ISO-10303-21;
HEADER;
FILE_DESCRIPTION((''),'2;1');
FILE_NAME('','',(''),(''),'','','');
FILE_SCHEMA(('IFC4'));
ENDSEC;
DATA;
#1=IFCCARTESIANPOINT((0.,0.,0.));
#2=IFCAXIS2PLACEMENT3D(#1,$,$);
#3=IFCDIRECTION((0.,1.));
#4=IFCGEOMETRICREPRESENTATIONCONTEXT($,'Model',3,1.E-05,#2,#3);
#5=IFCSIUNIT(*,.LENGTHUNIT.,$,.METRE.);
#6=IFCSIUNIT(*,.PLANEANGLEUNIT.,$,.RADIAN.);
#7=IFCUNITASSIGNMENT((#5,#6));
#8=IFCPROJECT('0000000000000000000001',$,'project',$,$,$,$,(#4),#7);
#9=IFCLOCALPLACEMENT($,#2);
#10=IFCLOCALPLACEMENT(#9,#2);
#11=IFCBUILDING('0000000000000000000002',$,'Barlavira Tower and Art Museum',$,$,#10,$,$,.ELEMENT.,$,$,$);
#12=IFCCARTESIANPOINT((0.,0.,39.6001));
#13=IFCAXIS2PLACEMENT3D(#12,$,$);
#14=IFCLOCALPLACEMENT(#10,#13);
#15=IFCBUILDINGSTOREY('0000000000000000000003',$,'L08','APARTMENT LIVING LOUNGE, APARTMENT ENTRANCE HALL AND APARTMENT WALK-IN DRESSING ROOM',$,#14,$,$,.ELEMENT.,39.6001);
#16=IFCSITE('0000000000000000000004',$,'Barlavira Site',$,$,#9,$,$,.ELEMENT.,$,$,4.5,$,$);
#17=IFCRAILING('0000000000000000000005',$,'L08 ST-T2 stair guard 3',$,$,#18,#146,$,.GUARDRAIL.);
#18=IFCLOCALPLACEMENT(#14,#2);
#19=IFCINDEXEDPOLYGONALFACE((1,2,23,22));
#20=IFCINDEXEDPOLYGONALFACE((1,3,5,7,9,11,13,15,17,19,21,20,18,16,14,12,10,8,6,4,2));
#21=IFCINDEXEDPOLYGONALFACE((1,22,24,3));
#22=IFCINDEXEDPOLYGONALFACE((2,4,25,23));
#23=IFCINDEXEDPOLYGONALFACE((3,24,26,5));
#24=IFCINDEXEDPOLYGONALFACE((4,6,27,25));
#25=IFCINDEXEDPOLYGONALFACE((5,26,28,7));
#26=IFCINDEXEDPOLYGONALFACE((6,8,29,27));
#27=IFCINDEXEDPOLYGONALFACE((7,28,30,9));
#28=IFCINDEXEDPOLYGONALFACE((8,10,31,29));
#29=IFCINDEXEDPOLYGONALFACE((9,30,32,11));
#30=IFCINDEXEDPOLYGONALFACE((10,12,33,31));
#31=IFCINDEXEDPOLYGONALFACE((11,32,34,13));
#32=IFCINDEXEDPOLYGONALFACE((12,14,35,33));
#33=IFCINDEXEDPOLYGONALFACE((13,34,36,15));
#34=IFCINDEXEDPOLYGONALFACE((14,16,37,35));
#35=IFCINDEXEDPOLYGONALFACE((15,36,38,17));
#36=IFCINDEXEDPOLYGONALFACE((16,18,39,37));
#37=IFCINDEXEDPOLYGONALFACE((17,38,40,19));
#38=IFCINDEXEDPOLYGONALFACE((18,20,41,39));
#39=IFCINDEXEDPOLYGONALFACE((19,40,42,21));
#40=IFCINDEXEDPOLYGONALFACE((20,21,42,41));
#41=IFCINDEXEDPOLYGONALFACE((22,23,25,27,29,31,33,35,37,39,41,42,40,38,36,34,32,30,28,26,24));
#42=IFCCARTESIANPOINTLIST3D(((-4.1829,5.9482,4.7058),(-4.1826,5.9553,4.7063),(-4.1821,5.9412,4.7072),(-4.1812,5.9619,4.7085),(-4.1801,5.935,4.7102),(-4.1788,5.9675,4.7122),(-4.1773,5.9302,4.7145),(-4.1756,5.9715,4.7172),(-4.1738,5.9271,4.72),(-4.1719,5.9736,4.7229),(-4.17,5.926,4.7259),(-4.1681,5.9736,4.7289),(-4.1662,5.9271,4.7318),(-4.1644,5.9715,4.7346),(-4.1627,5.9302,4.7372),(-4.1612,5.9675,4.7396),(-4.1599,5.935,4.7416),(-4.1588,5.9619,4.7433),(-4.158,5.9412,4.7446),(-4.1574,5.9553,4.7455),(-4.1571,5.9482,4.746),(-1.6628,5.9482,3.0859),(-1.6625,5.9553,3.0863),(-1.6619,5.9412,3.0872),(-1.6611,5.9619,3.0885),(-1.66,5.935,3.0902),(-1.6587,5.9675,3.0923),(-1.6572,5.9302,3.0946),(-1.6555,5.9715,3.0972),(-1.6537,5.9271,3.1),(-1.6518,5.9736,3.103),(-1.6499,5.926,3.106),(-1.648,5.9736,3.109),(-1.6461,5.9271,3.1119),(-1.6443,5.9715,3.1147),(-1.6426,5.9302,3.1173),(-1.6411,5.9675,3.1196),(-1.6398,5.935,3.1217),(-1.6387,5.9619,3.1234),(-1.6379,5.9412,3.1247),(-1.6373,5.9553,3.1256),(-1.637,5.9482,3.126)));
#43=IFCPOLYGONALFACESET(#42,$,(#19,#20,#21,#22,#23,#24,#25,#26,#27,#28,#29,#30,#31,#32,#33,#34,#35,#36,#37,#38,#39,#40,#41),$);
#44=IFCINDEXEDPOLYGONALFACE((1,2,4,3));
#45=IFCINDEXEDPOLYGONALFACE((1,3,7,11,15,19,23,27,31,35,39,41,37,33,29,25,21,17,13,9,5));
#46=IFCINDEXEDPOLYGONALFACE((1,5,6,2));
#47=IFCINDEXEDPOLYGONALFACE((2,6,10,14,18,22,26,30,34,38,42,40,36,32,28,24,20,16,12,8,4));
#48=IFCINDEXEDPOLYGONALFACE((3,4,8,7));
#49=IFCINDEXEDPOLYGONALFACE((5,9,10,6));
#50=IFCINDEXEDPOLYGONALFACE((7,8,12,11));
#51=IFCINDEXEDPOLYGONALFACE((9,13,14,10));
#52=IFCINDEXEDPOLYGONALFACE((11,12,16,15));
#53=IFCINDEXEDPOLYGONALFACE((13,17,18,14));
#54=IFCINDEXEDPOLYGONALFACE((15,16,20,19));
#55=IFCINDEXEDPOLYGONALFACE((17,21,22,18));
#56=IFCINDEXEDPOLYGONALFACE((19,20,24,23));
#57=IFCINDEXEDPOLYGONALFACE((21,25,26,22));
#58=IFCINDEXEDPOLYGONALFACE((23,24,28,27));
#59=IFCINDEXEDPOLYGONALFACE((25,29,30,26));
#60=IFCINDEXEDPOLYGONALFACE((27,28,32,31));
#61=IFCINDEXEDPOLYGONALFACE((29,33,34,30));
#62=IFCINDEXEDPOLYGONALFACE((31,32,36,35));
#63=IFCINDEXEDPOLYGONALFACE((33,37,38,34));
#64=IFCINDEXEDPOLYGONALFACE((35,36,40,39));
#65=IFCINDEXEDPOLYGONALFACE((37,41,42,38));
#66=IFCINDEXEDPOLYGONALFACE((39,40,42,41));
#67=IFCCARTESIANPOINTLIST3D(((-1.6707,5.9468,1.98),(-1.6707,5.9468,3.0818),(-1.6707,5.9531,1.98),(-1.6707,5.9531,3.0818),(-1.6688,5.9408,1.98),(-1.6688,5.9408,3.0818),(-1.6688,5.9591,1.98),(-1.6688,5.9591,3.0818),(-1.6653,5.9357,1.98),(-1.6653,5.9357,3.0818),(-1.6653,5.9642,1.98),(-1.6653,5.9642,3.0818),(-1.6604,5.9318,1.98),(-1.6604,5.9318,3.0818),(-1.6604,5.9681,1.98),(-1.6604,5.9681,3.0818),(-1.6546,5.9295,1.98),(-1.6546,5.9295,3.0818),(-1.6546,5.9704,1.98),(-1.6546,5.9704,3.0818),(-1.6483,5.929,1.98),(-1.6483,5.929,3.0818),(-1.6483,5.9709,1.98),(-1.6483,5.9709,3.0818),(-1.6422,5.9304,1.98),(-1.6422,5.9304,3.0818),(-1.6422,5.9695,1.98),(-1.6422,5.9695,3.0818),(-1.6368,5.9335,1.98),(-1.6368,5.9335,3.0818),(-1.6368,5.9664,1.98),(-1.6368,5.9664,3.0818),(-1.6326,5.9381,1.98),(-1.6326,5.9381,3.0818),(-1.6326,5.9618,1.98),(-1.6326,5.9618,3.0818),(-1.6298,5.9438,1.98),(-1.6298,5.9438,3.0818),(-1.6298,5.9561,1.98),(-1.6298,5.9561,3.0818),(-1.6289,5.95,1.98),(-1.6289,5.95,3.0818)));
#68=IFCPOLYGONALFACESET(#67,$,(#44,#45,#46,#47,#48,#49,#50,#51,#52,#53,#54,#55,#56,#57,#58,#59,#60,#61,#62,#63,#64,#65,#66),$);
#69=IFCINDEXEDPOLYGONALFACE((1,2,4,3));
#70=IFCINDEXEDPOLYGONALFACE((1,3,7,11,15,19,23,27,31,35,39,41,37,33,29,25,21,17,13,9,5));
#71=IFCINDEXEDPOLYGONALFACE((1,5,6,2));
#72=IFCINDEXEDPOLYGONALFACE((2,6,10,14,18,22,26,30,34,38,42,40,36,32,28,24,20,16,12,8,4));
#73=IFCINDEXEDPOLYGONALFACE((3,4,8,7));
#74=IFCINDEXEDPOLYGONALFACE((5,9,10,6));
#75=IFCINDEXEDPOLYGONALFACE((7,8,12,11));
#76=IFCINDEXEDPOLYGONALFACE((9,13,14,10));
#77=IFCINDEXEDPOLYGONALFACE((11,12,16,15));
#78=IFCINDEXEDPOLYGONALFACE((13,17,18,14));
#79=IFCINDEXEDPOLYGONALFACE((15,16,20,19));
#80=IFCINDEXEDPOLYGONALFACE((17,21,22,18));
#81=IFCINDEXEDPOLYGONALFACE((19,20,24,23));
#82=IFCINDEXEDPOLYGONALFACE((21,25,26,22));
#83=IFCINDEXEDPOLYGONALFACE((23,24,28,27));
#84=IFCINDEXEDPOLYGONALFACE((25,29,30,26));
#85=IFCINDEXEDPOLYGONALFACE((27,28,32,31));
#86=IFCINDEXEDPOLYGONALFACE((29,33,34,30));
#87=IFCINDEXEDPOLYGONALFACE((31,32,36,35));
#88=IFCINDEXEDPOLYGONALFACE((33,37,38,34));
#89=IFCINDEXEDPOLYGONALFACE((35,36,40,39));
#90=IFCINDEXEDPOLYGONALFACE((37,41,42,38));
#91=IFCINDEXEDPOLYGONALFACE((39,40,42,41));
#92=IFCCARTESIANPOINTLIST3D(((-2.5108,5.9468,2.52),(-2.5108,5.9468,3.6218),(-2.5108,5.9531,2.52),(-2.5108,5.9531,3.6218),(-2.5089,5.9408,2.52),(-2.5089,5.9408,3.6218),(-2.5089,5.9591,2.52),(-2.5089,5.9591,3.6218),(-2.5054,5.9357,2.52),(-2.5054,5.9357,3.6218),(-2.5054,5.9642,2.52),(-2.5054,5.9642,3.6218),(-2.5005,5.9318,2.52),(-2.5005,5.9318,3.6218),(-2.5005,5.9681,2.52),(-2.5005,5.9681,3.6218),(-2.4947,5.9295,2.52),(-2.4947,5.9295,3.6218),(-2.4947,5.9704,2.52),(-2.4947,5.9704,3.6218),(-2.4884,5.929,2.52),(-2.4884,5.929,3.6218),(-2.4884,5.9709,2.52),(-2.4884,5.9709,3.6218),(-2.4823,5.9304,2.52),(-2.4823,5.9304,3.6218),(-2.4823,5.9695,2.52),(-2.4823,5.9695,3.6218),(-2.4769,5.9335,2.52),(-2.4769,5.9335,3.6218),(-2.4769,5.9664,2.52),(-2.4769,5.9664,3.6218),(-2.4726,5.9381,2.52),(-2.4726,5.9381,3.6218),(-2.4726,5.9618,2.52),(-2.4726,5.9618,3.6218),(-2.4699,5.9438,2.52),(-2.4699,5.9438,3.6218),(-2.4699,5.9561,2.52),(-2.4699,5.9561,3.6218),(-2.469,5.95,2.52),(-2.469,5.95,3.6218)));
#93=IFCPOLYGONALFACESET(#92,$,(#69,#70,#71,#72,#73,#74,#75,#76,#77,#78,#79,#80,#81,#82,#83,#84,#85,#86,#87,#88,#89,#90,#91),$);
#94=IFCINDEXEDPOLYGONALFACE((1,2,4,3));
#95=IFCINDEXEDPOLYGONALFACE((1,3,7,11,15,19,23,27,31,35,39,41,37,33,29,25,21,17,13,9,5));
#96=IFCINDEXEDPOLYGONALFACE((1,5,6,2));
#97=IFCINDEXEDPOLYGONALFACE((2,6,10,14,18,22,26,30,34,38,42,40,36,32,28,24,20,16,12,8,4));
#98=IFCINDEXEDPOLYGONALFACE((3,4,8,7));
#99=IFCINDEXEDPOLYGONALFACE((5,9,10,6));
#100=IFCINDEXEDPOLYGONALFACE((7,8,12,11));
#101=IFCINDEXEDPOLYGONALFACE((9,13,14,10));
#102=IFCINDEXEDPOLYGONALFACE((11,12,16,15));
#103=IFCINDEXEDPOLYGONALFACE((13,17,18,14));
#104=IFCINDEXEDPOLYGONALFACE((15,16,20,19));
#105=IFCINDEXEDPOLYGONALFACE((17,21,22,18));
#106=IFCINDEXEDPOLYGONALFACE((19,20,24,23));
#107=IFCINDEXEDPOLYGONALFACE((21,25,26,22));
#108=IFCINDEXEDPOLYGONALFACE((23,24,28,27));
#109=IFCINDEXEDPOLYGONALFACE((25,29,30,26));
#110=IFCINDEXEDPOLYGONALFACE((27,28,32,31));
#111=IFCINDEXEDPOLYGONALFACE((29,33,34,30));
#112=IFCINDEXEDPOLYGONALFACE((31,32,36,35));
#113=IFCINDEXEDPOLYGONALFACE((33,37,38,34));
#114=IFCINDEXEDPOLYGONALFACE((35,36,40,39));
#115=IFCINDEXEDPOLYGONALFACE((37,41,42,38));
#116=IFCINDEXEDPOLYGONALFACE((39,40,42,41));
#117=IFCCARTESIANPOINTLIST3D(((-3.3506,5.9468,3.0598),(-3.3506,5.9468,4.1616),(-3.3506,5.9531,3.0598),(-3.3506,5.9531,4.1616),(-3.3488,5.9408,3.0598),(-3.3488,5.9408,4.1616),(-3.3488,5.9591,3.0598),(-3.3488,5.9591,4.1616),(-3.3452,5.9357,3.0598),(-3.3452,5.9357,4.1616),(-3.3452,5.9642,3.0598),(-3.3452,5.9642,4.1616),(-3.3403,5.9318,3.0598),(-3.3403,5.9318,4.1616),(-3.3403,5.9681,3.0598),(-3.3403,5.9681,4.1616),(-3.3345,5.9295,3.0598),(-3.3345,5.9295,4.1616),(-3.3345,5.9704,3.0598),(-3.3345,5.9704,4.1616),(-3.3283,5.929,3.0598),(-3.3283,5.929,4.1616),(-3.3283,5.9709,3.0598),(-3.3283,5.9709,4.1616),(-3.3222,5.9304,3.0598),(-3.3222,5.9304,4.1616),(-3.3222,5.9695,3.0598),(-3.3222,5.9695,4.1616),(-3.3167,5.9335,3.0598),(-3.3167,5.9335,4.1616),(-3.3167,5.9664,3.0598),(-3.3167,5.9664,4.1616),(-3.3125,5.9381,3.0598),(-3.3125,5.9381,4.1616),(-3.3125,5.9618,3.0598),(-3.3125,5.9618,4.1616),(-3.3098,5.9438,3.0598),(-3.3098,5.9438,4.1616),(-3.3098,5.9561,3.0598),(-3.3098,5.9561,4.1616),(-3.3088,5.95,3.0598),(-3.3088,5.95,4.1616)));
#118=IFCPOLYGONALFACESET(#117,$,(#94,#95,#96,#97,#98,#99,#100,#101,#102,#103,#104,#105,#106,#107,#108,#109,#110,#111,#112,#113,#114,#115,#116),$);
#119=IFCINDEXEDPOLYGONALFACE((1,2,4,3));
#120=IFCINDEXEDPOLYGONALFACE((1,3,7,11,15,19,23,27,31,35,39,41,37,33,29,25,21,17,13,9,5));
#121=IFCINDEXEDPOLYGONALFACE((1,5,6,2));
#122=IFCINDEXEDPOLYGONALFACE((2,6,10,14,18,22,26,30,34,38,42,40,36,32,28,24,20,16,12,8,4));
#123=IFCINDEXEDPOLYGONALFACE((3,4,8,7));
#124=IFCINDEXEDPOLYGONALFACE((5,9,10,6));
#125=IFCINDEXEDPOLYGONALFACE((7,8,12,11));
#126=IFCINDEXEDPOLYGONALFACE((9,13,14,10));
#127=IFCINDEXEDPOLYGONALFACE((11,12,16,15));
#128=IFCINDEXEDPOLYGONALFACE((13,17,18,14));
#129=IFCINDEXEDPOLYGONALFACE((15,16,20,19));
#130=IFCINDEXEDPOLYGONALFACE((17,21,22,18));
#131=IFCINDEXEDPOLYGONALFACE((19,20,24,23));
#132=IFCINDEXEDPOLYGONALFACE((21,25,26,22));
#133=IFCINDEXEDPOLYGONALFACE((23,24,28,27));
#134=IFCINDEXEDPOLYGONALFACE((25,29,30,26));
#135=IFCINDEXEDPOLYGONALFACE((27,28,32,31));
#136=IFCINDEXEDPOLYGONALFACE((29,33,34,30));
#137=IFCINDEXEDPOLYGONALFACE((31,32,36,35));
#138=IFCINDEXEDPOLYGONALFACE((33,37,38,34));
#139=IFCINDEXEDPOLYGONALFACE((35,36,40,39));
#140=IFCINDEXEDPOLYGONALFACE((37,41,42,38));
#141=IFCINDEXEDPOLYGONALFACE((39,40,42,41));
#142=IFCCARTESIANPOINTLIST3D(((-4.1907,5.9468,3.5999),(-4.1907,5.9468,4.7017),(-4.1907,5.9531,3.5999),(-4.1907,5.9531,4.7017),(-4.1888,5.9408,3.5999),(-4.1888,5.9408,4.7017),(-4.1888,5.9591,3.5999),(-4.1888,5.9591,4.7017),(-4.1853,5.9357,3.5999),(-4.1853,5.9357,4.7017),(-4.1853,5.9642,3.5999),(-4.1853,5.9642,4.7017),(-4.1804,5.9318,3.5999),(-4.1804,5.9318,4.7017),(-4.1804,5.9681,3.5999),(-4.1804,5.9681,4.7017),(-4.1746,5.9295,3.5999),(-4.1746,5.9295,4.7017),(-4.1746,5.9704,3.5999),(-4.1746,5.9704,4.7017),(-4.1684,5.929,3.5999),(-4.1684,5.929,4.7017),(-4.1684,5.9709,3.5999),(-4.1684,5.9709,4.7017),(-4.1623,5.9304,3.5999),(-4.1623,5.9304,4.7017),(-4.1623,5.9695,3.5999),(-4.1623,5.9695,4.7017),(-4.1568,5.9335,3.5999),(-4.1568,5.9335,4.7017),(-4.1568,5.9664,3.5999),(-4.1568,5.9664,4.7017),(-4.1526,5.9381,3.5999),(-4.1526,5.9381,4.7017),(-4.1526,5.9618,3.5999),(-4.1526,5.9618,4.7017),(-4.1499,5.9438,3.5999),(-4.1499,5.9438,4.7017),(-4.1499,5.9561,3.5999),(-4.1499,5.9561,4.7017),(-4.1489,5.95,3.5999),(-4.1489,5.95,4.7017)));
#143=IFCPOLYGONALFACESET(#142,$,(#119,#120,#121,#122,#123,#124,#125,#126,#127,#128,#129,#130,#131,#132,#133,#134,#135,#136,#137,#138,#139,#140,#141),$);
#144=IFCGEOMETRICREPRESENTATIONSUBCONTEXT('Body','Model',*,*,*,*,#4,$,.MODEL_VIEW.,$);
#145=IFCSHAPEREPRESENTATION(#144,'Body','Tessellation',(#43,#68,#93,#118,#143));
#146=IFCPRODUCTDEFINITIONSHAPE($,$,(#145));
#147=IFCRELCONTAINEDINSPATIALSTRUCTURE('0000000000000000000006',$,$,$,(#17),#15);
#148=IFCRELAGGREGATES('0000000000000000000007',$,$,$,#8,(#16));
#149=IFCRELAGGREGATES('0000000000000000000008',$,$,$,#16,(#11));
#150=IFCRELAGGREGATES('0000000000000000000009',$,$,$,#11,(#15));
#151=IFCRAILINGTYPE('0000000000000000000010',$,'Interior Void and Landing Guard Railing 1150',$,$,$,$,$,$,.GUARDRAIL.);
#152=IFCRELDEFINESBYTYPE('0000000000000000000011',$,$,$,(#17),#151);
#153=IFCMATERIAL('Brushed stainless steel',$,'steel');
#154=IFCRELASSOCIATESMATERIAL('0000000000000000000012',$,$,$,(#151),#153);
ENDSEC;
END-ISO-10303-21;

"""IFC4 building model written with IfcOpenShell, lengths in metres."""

from ifc_helpers import new_model, si_unit, direction, frame, origin, origin_2d, place, context, subcontext, project, spatial, circle, extrude, material, type_object, element, save


model = new_model("IFC4")

# Units and contexts
model_context = context("Model", 3, precision=1e-05, world=origin(), true_north=direction((0.0, 1.0)))
body_context = subcontext(model_context, "Body", "Model", "MODEL_VIEW")
ifc_project = project(units=[si_unit("LENGTHUNIT", "METRE"), si_unit("PLANEANGLEUNIT", "RADIAN")], contexts=[model_context])

# Site, building, storey
site_placement = place(None, origin())
site = spatial("IfcSite", under=ifc_project, at=site_placement, Name="Barlavira Site", CompositionType="ELEMENT", RefElevation=4.5)
building_placement = place(site_placement, origin())
building = spatial("IfcBuilding", under=site, at=building_placement, Name="Barlavira Tower and Art Museum", CompositionType="ELEMENT")
storey_placement = place(building_placement, frame((0.0, 0.0, 39.6001)))
storey = spatial("IfcBuildingStorey", under=building, at=storey_placement, Name="L08", Description="APARTMENT LIVING LOUNGE, APARTMENT ENTRANCE HALL AND APARTMENT WALK-IN DRESSING ROOM", CompositionType="ELEMENT", Elevation=39.6001)

# Shared definitions
ifc_material_1 = material(Name="Brushed stainless steel", Category="steel")

# Railing
railing_type_1 = type_object("IfcRailingType", Name="Interior Void and Landing Guard Railing 1150", PredefinedType="GUARDRAIL", material=ifc_material_1)
railing_1_placement = place(storey_placement, frame((-1.6499, 5.95, 1.98)))
element("IfcRailing", 1, at=railing_1_placement, inside=storey, type_object=railing_type_1, Name="L08 ST-T2 stair guard 3", PredefinedType="GUARDRAIL", context=body_context, shape_type="SweptSolid", body=[
    extrude(circle(Radius=0.0239, at=origin_2d()), frame((0.0, 0.0, 1.126), z_axis=(-0.8412, 0.0, 0.540725), x_axis=(0.0, -1.0, 0.0)), (0.0, 0.0, 1.0), 2.9958),
    extrude(circle(Radius=0.021, at=origin_2d()), origin(), (0.0, 0.0, 1.0), 1.1018),
    extrude(circle(Radius=0.021, at=origin_2d()), frame((-0.8401, 0.0, 0.54)), (0.0, 0.0, 1.0), 1.1018),
    extrude(circle(Radius=0.021, at=origin_2d()), frame((-1.6799, 0.0, 1.0798)), (0.0, 0.0, 1.0), 1.1018),
    extrude(circle(Radius=0.021, at=origin_2d()), frame((-2.52, 0.0, 1.6199)), (0.0, 0.0, 1.0), 1.1018),
])

save(model, "model.ifc")
